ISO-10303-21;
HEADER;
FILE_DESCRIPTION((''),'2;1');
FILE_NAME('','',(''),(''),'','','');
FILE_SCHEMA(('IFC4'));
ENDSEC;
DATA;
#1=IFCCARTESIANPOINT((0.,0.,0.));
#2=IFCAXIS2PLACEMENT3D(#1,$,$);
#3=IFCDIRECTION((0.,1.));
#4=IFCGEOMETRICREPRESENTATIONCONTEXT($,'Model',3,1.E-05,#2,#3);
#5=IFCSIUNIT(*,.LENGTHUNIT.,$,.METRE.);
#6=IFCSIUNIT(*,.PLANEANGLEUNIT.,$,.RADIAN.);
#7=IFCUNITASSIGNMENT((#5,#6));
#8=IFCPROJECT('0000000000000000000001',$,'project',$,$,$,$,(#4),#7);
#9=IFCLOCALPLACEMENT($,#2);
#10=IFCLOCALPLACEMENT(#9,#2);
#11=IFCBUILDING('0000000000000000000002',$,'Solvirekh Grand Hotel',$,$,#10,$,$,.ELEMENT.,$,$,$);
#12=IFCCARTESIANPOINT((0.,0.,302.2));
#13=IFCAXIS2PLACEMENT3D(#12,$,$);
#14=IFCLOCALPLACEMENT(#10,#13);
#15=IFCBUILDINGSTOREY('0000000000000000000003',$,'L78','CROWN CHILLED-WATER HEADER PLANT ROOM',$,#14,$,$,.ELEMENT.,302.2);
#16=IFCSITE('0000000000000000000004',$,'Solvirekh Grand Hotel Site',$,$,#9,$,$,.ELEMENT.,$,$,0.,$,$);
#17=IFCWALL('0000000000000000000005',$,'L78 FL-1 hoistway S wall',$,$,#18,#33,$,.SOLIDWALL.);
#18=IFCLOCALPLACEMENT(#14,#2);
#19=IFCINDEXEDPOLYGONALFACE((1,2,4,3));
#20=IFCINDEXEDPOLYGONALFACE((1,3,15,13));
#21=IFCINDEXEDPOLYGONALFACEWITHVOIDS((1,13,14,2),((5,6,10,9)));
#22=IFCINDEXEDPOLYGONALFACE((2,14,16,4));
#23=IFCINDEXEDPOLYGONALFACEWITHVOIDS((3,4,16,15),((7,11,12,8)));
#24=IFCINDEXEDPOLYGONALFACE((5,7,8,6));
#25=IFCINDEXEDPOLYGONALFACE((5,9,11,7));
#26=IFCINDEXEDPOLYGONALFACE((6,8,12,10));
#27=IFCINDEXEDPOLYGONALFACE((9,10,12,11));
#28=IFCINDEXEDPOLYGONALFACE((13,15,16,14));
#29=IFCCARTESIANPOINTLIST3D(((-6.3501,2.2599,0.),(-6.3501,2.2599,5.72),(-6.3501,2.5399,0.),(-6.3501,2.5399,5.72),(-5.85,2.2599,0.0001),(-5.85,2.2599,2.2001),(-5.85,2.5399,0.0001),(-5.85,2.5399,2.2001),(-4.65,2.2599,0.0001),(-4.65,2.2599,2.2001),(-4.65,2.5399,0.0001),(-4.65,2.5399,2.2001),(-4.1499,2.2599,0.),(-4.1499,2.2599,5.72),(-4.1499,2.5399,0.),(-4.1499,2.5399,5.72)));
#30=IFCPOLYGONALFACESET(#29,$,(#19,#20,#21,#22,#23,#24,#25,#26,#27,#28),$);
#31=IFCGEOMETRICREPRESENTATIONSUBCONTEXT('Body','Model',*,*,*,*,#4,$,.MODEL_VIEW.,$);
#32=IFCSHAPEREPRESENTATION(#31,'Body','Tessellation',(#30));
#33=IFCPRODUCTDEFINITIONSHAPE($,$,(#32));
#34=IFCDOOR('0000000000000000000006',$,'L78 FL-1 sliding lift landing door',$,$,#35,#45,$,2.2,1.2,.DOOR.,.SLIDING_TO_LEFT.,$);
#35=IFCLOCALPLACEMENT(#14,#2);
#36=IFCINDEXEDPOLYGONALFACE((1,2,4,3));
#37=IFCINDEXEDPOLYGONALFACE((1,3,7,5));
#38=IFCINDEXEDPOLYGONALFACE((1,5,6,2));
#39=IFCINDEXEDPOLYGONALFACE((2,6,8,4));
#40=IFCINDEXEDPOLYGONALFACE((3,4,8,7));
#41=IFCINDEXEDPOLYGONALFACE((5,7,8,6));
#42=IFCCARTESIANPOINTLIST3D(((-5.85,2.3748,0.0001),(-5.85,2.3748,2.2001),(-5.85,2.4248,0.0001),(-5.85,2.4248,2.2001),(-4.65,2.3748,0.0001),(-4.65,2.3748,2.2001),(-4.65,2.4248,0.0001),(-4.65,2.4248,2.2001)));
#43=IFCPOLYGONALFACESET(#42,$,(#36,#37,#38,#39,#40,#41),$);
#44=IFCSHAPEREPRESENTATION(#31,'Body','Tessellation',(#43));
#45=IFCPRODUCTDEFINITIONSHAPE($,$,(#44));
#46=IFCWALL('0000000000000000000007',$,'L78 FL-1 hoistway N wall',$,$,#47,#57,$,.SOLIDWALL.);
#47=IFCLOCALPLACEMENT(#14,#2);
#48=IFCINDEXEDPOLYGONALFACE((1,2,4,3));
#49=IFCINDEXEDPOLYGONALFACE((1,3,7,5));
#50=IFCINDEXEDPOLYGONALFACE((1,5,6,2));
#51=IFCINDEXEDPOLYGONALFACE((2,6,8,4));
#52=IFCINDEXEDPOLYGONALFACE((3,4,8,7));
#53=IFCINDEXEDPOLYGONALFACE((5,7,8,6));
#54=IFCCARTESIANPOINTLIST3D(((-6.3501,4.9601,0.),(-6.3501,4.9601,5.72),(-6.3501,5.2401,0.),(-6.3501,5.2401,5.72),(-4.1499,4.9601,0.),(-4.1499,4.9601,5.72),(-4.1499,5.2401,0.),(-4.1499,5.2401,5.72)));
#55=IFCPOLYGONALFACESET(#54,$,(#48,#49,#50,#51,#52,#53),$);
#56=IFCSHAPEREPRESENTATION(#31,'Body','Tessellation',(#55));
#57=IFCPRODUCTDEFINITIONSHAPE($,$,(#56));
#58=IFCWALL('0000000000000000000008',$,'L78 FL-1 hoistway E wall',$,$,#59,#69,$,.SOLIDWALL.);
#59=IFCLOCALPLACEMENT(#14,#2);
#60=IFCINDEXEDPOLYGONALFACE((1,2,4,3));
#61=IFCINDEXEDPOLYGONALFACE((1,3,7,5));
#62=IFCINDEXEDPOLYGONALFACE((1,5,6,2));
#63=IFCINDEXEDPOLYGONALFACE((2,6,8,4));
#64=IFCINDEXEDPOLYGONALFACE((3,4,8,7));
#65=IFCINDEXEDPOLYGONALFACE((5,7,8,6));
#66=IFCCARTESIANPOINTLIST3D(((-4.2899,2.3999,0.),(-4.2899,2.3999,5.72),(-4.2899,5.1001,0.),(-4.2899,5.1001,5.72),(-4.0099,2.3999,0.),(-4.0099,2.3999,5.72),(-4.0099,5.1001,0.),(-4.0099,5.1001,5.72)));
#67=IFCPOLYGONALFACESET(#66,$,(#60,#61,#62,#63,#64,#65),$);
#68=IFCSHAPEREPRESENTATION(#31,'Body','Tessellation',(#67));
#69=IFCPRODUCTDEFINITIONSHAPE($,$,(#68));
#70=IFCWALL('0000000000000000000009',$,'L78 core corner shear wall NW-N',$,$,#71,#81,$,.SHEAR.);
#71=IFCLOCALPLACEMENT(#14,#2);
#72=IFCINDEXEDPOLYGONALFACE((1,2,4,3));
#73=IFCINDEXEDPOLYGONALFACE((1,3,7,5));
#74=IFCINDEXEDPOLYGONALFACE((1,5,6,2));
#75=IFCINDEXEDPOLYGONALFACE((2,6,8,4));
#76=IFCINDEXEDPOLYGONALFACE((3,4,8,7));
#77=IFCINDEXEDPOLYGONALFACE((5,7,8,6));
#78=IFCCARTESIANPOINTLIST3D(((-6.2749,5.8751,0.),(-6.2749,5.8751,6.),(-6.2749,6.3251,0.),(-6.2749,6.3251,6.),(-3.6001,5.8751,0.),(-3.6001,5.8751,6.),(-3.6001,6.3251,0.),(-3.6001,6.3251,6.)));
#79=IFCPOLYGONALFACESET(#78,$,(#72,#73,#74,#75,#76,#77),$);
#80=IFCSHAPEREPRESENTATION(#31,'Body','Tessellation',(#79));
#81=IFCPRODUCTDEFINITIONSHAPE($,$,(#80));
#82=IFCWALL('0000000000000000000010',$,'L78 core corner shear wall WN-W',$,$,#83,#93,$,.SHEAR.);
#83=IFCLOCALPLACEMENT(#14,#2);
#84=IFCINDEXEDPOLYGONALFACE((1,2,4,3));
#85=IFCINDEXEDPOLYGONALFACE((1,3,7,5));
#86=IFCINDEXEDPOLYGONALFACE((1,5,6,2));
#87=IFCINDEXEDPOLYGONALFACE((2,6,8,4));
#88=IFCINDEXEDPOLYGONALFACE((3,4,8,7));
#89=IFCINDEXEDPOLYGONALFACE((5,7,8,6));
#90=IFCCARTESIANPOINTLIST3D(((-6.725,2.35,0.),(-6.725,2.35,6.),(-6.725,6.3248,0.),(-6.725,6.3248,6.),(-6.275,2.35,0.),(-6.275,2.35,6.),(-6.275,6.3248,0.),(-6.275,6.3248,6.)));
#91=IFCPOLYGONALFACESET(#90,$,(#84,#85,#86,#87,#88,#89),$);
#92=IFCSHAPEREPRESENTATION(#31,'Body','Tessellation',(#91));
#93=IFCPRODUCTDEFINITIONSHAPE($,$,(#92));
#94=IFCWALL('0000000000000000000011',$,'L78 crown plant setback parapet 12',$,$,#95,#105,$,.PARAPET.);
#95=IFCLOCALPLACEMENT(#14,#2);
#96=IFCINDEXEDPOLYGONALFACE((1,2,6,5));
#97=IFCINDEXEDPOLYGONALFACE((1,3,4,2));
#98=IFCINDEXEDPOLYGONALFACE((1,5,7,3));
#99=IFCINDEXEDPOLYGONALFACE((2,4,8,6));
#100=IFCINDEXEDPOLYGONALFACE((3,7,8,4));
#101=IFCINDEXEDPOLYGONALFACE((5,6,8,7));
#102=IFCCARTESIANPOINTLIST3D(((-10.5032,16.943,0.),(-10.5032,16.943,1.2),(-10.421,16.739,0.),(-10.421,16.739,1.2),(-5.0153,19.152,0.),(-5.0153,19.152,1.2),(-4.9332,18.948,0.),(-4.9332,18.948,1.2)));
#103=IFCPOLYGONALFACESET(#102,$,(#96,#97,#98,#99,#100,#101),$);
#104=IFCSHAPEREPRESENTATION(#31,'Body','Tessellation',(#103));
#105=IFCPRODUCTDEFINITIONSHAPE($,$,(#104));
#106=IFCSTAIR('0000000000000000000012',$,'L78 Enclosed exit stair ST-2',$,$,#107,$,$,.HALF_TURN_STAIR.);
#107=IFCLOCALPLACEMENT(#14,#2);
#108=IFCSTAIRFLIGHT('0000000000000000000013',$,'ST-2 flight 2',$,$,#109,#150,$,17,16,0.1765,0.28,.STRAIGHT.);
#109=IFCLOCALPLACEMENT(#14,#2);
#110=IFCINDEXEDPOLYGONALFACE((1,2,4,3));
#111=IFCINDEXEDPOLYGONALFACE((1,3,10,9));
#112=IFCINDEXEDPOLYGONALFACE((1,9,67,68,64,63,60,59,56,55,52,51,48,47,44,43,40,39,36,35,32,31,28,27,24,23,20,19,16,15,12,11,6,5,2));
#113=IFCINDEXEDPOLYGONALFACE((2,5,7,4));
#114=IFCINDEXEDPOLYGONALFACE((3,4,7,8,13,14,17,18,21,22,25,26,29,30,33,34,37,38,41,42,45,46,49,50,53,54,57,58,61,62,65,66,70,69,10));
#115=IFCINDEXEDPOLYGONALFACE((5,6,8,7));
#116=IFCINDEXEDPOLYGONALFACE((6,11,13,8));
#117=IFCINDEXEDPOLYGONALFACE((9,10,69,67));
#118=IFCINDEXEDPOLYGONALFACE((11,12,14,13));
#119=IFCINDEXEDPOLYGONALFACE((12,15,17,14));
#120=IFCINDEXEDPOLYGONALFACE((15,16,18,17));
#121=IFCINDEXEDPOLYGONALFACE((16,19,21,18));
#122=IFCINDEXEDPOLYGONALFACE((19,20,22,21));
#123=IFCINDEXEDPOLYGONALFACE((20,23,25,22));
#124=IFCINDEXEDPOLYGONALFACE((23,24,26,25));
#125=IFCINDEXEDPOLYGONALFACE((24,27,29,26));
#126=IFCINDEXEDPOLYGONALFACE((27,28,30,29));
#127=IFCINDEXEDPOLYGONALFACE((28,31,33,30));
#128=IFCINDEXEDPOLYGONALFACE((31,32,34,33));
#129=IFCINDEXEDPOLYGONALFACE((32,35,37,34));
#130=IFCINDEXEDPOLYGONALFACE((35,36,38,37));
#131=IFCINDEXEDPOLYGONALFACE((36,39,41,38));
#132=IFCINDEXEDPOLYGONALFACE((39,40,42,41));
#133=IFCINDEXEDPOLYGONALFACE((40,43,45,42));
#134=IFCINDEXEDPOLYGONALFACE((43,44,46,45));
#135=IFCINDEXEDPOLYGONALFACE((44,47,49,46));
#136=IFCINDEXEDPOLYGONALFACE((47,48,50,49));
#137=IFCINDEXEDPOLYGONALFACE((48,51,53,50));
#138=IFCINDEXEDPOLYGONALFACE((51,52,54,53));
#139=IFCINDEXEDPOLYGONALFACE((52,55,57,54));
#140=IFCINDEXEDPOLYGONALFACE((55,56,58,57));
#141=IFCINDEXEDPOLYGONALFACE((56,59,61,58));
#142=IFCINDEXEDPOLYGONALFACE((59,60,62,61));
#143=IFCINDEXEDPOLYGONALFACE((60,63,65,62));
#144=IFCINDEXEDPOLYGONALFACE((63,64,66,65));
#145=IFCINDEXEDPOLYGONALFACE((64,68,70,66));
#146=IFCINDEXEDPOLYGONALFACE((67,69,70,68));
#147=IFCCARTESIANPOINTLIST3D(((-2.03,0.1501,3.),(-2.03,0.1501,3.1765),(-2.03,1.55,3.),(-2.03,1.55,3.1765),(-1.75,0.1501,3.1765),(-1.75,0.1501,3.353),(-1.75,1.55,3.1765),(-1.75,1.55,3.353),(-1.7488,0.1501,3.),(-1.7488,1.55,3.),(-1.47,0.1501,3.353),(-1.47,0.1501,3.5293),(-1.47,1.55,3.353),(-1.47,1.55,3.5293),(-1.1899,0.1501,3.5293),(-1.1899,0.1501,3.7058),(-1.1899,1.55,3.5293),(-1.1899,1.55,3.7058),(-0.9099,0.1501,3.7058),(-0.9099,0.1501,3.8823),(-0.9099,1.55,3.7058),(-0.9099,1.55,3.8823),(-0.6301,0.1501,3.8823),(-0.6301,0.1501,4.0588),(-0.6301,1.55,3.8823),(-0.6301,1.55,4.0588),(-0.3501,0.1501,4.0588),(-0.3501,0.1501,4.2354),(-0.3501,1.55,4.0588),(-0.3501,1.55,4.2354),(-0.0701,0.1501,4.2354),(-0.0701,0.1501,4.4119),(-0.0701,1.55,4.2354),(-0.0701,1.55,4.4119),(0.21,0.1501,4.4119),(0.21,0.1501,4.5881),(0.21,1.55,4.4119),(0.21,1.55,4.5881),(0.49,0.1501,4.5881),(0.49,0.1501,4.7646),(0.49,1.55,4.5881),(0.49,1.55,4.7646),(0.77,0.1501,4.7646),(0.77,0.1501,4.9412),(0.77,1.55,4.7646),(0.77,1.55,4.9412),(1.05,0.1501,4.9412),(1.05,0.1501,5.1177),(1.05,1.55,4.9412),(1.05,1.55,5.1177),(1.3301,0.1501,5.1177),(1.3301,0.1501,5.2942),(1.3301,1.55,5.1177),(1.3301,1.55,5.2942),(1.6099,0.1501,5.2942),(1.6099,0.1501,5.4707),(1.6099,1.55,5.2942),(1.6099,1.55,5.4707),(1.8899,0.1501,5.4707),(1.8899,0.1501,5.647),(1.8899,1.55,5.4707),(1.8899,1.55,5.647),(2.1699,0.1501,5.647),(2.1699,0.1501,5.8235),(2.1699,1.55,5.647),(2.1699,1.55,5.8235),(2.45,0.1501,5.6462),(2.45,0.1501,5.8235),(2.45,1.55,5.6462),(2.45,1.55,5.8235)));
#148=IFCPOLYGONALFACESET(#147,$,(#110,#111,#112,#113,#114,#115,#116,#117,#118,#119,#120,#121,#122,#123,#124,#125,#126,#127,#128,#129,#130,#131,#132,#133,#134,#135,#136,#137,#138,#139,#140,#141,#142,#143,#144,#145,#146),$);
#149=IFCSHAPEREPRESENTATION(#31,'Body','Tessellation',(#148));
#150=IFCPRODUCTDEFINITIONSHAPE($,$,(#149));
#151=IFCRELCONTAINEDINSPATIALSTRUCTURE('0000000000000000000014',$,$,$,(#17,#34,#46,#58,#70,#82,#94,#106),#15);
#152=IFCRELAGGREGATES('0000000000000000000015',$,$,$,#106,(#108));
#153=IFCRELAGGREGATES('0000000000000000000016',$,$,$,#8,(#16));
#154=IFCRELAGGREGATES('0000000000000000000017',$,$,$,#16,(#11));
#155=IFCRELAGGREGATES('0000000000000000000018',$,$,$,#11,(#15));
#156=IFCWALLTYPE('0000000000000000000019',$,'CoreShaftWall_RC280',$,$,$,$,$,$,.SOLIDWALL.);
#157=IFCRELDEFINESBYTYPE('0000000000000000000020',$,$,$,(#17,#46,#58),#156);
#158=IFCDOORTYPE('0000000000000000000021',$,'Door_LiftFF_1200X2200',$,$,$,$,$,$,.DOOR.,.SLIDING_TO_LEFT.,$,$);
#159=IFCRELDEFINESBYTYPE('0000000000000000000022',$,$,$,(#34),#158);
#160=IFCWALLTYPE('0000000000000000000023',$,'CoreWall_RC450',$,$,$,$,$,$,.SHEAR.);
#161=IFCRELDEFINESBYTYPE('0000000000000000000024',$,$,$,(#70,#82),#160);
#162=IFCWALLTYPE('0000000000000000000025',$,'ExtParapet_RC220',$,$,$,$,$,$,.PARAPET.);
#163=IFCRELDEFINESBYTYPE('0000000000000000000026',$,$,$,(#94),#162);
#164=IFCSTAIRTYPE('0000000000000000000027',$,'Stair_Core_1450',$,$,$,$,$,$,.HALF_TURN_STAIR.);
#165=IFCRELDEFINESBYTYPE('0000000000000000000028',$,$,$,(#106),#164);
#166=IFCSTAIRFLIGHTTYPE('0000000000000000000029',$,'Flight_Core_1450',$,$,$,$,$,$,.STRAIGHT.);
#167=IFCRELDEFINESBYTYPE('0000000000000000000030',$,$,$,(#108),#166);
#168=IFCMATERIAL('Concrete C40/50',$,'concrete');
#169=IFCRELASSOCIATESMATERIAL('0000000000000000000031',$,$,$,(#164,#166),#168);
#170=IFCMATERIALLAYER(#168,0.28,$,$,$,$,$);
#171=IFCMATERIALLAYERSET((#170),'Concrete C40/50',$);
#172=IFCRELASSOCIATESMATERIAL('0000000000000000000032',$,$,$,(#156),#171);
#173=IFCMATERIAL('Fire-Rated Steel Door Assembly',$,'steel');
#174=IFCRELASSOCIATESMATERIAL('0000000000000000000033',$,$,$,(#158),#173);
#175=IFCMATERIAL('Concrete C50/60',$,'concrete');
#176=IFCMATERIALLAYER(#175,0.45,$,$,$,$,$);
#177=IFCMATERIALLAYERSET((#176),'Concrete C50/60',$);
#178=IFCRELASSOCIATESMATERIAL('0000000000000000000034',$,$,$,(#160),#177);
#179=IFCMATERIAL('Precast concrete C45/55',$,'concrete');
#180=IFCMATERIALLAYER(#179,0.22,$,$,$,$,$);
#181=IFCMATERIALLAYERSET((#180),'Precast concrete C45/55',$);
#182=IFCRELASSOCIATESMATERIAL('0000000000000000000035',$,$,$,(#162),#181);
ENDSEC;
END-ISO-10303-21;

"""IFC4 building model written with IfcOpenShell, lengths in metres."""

from ifc_helpers import new_model, si_unit, direction, frame, frame_2d, origin, place, context, subcontext, project, spatial, polyline, rectangle, outline, extrude, material, layer, layer_set, type_object, element, fill, aggregate, save


model = new_model("IFC4")

# Units and contexts
model_context = context("Model", 3, precision=1e-05, world=origin(), true_north=direction((0.0, 1.0)))
body_context = subcontext(model_context, "Body", "Model", "MODEL_VIEW")
ifc_project = project(units=[si_unit("LENGTHUNIT", "METRE"), si_unit("PLANEANGLEUNIT", "RADIAN")], contexts=[model_context])

# Site, building, storey
site_placement = place(None, origin())
site = spatial("IfcSite", under=ifc_project, at=site_placement, Name="Solvirekh Grand Hotel Site", CompositionType="ELEMENT", RefElevation=0.0)
building_placement = place(site_placement, origin())
building = spatial("IfcBuilding", under=site, at=building_placement, Name="Solvirekh Grand Hotel", CompositionType="ELEMENT")
storey_placement = place(building_placement, frame((0.0, 0.0, 302.2)))
storey = spatial("IfcBuildingStorey", under=building, at=storey_placement, Name="L78", Description="CROWN CHILLED-WATER HEADER PLANT ROOM", CompositionType="ELEMENT", Elevation=302.2)

# Shared definitions
ifc_material_1 = material(Name="Concrete C50/60", Category="concrete")

# Shared definitions
ifc_material_2 = material(Name="Concrete C40/50", Category="concrete")
stair_type = type_object("IfcStairType", Name="Stair_Core_1450", PredefinedType="HALF_TURN_STAIR", material=ifc_material_2)

# Shared definitions
ifc_layer_1 = layer(ifc_material_2, 0.28)
ifc_layer_set_1 = layer_set([ifc_layer_1], Name="Concrete C40/50")
wall_type_1 = type_object("IfcWallType", Name="CoreShaftWall_RC280", PredefinedType="SOLIDWALL", material=ifc_layer_set_1)

# Wall, opening, door
wall_1_placement = place(storey_placement, frame((-6.3501, 2.3999, 0.0), z_axis=(0.0, 0.0, 1.0), x_axis=(1.0, 0.0, 0.0)))
wall_1 = element("IfcWall", 1, at=wall_1_placement, inside=storey, type_object=wall_type_1, Name="L78 FL-1 hoistway S wall", PredefinedType="SOLIDWALL", context=body_context, shape_type="SweptSolid", body=[
    extrude(rectangle(XDim=2.2002, YDim=0.28, at=frame_2d((1.1001, 0.0))), origin(), (0.0, 0.0, 1.0), 5.72),
])
opening_placement = place(wall_1_placement, frame((0.5, 0.0, 0.0)))
opening = element("IfcOpeningElement", 2, at=opening_placement, cuts=wall_1, PredefinedType="OPENING", context=body_context, shape_type="SweptSolid", body=[
    extrude(rectangle(XDim=1.2, YDim=2.2, at=frame_2d((0.6001, 1.1001))), frame((0.0, 0.1499, 0.0), z_axis=(0.0, -1.0, 0.0), x_axis=(1.0, 0.0, 0.0)), (0.0, 0.0, 1.0), 0.3),
])
ifc_material_3 = material(Name="Fire-Rated Steel Door Assembly", Category="steel")
door_type = type_object("IfcDoorType", Name="Door_LiftFF_1200X2200", OperationType="SLIDING_TO_LEFT", PredefinedType="DOOR", material=ifc_material_3)
door_placement = place(opening_placement, origin())
door = element("IfcDoor", 3, at=door_placement, inside=storey, type_object=door_type, Name="L78 FL-1 sliding lift landing door", OperationType="SLIDING_TO_LEFT", OverallHeight=2.2, OverallWidth=1.2, PredefinedType="DOOR", context=body_context, shape_type="SweptSolid", body=[
    extrude(rectangle(XDim=1.2, YDim=2.2, at=frame_2d((0.6001, 1.1001))), frame((0.0, 0.0249, 0.0), z_axis=(0.0, -1.0, 0.0), x_axis=(1.0, 0.0, 0.0)), (0.0, 0.0, 1.0), 0.05),
])
fill(opening, door)

# Walls
wall_2_placement = place(storey_placement, frame((-4.1499, 5.1001, 0.0), z_axis=(0.0, 0.0, 1.0), x_axis=(-1.0, 0.0, 0.0)))
element("IfcWall", 4, at=wall_2_placement, inside=storey, type_object=wall_type_1, Name="L78 FL-1 hoistway N wall", PredefinedType="SOLIDWALL", context=body_context, shape_type="SweptSolid", body=[
    extrude(rectangle(XDim=2.2002, YDim=0.28, at=frame_2d((1.1001, 0.0))), origin(), (0.0, 0.0, 1.0), 5.72),
])
wall_3_placement = place(storey_placement, frame((-4.1499, 2.3999, 0.0), z_axis=(0.0, 0.0, 1.0), x_axis=(0.0, 1.0, 0.0)))
element("IfcWall", 5, at=wall_3_placement, inside=storey, type_object=wall_type_1, Name="L78 FL-1 hoistway E wall", PredefinedType="SOLIDWALL", context=body_context, shape_type="SweptSolid", body=[
    extrude(rectangle(XDim=2.7002, YDim=0.28, at=frame_2d((1.3501, 0.0))), origin(), (0.0, 0.0, 1.0), 5.72),
])
ifc_layer_2 = layer(ifc_material_1, 0.45)
ifc_layer_set_2 = layer_set([ifc_layer_2], Name="Concrete C50/60")
wall_type_2 = type_object("IfcWallType", Name="CoreWall_RC450", PredefinedType="SHEAR", material=ifc_layer_set_2)
wall_4_placement = place(storey_placement, frame((-6.2749, 6.1001, 0.0), z_axis=(0.0, 0.0, 1.0), x_axis=(1.0, 0.0, 0.0)))
element("IfcWall", 6, at=wall_4_placement, inside=storey, type_object=wall_type_2, Name="L78 core corner shear wall NW-N", PredefinedType="SHEAR", context=body_context, shape_type="SweptSolid", body=[
    extrude(rectangle(XDim=2.6748, YDim=0.45, at=frame_2d((1.3374, 0.0))), origin(), (0.0, 0.0, 1.0), 6.0),
])
wall_5_placement = place(storey_placement, frame((-6.5, 2.3501, 0.0), z_axis=(0.0, 0.0, 1.0), x_axis=(0.0, 1.0, 0.0)))
element("IfcWall", 7, at=wall_5_placement, inside=storey, type_object=wall_type_2, Name="L78 core corner shear wall WN-W", PredefinedType="SHEAR", context=body_context, shape_type="SweptSolid", body=[
    extrude(rectangle(XDim=3.9749, YDim=0.45, at=frame_2d((1.9873, 0.0))), origin(), (0.0, 0.0, 1.0), 6.0),
])
ifc_material_4 = material(Name="Precast concrete C45/55", Category="concrete")
ifc_layer_3 = layer(ifc_material_4, 0.22)
ifc_layer_set_3 = layer_set([ifc_layer_3], Name="Precast concrete C45/55")
wall_type_3 = type_object("IfcWallType", Name="ExtParapet_RC220", PredefinedType="PARAPET", material=ifc_layer_set_3)
wall_6_placement = place(storey_placement, frame((-4.9741, 19.05, 0.0), z_axis=(0.0, 0.0, 1.0), x_axis=(-0.927666, -0.373411, 0.0)))
element("IfcWall", 8, at=wall_6_placement, inside=storey, type_object=wall_type_3, Name="L78 crown plant setback parapet 12", PredefinedType="PARAPET", context=body_context, shape_type="SweptSolid", body=[
    extrude(rectangle(XDim=5.9158, YDim=0.22, at=frame_2d((2.958, 0.0))), origin(), (0.0, 0.0, 1.0), 1.2),
])

# Stair, stair flight
stair_1_placement = place(storey_placement, origin())
stair_1 = element("IfcStair", 9, at=stair_1_placement, inside=storey, type_object=stair_type, Name="L78 Enclosed exit stair ST-2", PredefinedType="HALF_TURN_STAIR")
stair_flight_type = type_object("IfcStairFlightType", Name="Flight_Core_1450", PredefinedType="STRAIGHT", material=ifc_material_2)
stair_flight_placement = place(storey_placement, frame((-2.03, 0.8501, 3.0), z_axis=(0.0, 0.0, 1.0), x_axis=(1.0, 0.0, 0.0)))
stair_flight = element("IfcStairFlight", 10, at=stair_flight_placement, type_object=stair_flight_type, Name="ST-2 flight 2", NumberOfRisers=17, NumberOfTreads=16, PredefinedType="STRAIGHT", RiserHeight=0.1765, TreadLength=0.28, context=body_context, shape_type="SweptSolid", body=[
    extrude(outline(polyline([(0.0, 0.0), (0.0, 0.1765), (0.28, 0.1765), (0.28, 0.353), (0.5601, 0.353), (0.5601, 0.5293), (0.8401, 0.5293), (0.8401, 0.7058), (1.1201, 0.7058), (1.1201, 0.8823), (1.3999, 0.8823), (1.3999, 1.0588), (1.6799, 1.0588), (1.6799, 1.2354), (1.96, 1.2354), (1.96, 1.4119), (2.24, 1.4119), (2.24, 1.5881), (2.52, 1.5881), (2.52, 1.7646), (2.8, 1.7646), (2.8, 1.9412), (3.0801, 1.9412), (3.0801, 2.1177), (3.3601, 2.1177), (3.3601, 2.2942), (3.6399, 2.2942), (3.6399, 2.4707), (3.9199, 2.4707), (3.9199, 2.647), (4.2, 2.647), (4.2, 2.8235), (4.48, 2.8235), (4.48, 3.0), (4.48, 2.6462), (0.2812, 0.0), (0.0, 0.0)])), frame((0.0, 0.7, 0.0), z_axis=(0.0, -1.0, 0.0), x_axis=(1.0, 0.0, 0.0)), (0.0, 0.0, 1.0), 1.3999),
])
aggregate(stair_1, [stair_flight])

save(model, "model.ifc")
